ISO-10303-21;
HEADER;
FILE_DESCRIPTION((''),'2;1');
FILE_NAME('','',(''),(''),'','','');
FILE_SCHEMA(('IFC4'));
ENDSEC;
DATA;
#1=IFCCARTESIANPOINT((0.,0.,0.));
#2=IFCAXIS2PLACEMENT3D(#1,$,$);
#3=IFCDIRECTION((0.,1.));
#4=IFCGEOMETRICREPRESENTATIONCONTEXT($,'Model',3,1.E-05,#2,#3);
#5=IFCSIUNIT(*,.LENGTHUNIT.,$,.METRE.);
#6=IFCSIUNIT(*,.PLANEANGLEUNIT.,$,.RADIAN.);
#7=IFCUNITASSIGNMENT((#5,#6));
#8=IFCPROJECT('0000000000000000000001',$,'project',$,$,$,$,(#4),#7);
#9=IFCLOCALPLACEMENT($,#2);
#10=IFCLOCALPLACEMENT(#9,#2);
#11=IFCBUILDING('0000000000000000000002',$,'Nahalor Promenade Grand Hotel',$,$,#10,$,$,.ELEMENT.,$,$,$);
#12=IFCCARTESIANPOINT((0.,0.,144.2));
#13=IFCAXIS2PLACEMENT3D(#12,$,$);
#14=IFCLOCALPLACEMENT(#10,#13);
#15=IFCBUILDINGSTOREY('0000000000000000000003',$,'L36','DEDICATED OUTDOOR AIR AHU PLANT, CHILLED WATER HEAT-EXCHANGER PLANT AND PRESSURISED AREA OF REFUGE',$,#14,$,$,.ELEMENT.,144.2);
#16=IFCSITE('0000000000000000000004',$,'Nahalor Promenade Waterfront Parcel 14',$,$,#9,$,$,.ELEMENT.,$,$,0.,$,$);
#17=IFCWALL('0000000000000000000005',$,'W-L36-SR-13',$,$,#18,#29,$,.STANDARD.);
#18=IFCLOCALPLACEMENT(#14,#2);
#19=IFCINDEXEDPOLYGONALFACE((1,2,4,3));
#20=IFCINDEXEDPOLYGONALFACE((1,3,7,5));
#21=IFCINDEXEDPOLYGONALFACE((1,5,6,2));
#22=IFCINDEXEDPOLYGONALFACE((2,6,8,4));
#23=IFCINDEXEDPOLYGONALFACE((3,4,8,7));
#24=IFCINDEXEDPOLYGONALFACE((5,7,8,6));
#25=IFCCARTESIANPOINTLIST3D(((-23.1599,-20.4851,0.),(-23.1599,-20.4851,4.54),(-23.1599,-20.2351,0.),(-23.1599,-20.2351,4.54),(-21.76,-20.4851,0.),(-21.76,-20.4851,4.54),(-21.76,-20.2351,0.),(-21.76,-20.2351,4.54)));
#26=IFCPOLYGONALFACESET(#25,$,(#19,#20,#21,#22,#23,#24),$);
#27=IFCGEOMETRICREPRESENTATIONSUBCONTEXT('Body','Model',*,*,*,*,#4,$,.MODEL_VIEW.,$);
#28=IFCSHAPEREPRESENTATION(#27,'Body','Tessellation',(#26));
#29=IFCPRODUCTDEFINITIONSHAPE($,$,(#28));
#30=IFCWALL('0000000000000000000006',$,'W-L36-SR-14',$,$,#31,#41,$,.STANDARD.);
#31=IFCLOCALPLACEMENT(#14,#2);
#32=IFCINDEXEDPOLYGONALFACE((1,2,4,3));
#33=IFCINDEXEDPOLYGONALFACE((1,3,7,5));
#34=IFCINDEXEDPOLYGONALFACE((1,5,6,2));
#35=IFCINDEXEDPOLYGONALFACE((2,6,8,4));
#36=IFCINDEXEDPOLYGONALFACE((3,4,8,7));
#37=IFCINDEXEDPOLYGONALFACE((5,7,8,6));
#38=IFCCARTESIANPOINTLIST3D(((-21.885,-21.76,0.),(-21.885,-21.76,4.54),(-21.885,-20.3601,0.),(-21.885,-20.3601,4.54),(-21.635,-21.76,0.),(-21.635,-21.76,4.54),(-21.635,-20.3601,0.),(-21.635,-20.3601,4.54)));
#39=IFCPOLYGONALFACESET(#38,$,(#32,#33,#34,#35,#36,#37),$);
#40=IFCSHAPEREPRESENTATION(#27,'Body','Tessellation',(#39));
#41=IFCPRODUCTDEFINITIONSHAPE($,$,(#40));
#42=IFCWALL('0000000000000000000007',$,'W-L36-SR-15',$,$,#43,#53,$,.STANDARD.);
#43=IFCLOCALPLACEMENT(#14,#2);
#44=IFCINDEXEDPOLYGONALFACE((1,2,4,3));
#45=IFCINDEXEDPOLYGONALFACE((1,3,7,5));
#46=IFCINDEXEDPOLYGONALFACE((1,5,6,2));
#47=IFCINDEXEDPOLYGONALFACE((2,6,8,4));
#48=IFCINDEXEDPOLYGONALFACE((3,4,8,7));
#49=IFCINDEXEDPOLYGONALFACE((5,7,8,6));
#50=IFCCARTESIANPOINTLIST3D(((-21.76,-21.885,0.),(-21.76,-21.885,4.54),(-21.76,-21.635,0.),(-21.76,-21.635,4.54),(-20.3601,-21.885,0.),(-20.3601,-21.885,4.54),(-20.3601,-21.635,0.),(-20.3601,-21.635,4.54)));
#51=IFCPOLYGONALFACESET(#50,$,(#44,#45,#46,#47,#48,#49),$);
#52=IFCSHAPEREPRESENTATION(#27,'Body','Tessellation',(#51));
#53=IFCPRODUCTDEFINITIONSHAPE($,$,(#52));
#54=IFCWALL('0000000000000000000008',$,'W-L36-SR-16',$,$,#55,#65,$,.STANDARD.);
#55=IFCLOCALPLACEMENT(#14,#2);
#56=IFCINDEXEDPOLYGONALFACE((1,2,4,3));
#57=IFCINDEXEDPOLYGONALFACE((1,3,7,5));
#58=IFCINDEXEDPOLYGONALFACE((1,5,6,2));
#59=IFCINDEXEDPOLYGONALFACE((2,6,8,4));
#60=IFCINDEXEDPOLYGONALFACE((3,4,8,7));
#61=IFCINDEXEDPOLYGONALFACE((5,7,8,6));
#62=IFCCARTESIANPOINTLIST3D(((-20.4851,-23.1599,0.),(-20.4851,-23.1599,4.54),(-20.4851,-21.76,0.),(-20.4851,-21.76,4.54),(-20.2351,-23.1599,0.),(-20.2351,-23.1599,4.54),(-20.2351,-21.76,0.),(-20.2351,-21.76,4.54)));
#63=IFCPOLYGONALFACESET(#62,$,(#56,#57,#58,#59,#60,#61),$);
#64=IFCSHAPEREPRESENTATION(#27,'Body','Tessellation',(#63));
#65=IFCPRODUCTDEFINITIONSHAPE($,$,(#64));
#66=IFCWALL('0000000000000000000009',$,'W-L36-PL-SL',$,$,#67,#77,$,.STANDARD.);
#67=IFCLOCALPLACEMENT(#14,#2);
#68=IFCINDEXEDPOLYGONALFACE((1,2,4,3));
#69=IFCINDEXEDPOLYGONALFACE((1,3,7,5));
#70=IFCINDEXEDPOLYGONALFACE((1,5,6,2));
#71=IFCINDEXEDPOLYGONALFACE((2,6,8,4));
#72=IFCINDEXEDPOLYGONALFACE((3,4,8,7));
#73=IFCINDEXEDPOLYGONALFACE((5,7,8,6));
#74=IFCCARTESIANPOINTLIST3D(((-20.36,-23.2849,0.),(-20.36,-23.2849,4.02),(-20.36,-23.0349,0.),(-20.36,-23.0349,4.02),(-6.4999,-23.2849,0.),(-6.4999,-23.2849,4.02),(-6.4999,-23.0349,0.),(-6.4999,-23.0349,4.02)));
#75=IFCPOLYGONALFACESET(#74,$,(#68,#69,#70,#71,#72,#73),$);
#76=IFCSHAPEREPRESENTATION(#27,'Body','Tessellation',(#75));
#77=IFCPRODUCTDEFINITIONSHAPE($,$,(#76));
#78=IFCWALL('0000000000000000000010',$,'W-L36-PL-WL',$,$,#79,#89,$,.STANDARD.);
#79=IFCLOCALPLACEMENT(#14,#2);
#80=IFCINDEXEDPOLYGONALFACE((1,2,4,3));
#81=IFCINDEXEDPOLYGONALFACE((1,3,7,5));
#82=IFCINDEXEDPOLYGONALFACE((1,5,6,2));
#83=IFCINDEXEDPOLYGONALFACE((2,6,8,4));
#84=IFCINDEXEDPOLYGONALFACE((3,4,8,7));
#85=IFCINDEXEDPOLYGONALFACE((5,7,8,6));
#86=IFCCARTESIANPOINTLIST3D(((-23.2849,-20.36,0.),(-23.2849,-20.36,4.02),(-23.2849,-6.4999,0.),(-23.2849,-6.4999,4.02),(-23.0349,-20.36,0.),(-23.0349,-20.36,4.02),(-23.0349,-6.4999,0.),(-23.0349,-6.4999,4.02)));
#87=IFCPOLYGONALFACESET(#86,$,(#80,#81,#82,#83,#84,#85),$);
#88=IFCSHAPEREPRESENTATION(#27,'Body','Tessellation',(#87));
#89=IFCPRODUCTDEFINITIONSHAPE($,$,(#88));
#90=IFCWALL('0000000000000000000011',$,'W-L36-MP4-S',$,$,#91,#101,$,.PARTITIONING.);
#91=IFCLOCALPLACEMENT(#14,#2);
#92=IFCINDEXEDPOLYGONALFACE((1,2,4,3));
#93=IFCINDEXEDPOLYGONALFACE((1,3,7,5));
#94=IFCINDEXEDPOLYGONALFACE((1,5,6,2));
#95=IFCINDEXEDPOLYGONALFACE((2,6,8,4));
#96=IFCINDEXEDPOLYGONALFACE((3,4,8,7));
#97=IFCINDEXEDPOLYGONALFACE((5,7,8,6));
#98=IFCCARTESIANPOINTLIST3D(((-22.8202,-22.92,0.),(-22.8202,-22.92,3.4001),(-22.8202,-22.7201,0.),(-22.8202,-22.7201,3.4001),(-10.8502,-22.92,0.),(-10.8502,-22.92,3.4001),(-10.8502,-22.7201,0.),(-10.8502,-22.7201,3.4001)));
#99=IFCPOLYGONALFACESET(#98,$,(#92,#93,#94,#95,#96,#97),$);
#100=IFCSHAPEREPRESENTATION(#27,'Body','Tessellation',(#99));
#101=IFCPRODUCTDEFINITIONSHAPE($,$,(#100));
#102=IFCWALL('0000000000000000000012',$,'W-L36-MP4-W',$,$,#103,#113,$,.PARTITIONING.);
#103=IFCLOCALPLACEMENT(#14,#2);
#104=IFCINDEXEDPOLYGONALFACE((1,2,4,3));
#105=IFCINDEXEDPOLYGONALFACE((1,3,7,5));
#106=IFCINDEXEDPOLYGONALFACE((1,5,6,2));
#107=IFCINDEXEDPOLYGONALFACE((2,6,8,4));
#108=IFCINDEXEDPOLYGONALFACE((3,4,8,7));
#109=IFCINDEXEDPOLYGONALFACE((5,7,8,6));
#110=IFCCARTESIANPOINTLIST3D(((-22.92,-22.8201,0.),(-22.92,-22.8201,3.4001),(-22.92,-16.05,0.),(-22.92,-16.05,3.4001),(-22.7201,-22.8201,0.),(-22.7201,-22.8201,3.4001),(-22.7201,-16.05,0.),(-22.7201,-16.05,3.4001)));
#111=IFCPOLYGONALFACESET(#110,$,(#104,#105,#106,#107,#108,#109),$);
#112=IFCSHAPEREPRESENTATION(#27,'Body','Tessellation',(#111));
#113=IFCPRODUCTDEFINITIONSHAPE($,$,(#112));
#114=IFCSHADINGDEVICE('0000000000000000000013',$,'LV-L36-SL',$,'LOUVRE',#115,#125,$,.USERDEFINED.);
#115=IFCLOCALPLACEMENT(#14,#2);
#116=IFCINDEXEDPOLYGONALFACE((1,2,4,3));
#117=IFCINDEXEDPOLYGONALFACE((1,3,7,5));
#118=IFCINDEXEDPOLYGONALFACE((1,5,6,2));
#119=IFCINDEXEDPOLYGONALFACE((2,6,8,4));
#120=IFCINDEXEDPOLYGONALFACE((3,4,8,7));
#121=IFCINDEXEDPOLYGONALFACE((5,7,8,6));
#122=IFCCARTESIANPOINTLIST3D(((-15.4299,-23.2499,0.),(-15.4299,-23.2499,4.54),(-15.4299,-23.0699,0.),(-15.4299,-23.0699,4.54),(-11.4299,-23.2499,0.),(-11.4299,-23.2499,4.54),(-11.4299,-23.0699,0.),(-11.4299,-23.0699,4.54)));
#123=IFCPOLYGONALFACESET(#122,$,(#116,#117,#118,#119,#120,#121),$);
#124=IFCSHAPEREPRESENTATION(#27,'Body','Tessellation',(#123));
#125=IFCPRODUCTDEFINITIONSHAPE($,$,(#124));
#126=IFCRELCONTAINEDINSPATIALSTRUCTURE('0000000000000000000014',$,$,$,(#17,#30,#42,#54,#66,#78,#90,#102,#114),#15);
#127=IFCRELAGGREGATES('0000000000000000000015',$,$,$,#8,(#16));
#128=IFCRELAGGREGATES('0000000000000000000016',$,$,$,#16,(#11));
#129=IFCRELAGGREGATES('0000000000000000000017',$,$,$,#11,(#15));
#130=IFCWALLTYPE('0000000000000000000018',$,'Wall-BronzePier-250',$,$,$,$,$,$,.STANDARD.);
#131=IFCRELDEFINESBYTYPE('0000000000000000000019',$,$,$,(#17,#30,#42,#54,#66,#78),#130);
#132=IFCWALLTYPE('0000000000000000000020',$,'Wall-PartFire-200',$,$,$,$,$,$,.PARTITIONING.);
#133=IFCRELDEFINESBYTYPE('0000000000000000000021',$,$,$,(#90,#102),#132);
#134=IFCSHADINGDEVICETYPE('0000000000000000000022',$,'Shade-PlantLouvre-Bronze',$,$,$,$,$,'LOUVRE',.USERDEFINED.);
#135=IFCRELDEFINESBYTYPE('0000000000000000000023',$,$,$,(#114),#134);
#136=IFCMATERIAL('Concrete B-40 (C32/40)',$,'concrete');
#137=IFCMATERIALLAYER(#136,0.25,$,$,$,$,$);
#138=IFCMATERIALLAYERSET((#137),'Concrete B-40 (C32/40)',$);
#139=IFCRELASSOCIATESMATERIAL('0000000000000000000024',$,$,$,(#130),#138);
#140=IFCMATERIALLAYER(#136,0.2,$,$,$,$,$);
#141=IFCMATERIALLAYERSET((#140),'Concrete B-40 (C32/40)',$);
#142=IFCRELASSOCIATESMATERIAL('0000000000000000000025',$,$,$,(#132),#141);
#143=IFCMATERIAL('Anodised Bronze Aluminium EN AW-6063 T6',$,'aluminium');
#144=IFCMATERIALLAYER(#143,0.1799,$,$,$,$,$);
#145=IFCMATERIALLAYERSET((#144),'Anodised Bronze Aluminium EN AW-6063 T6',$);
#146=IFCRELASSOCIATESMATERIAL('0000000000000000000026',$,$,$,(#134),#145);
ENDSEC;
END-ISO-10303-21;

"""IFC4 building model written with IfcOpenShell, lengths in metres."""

from ifc_helpers import new_model, si_unit, direction, frame, frame_2d, origin, origin_2d, place, context, subcontext, project, spatial, rectangle, extrude, source, transform, mapped, material, layer, layer_set, type_object, element, save


model = new_model("IFC4")

# Units and contexts
model_context = context("Model", 3, precision=1e-05, world=origin(), true_north=direction((0.0, 1.0)))
body_context = subcontext(model_context, "Body", "Model", "MODEL_VIEW")
ifc_project = project(units=[si_unit("LENGTHUNIT", "METRE"), si_unit("PLANEANGLEUNIT", "RADIAN")], contexts=[model_context])

# Site, building, storey
site_placement = place(None, origin())
site = spatial("IfcSite", under=ifc_project, at=site_placement, Name="Nahalor Promenade Waterfront Parcel 14", CompositionType="ELEMENT", RefElevation=0.0)
building_placement = place(site_placement, origin())
building = spatial("IfcBuilding", under=site, at=building_placement, Name="Nahalor Promenade Grand Hotel", CompositionType="ELEMENT")
storey_placement = place(building_placement, frame((0.0, 0.0, 144.2)))
storey = spatial("IfcBuildingStorey", under=building, at=storey_placement, Name="L36", Description="DEDICATED OUTDOOR AIR AHU PLANT, CHILLED WATER HEAT-EXCHANGER PLANT AND PRESSURISED AREA OF REFUGE", CompositionType="ELEMENT", Elevation=144.2)

# Walls
ifc_material_1 = material(Name="Concrete B-40 (C32/40)", Category="concrete")
ifc_layer_1 = layer(ifc_material_1, 0.25)
ifc_layer_set_1 = layer_set([ifc_layer_1], Name="Concrete B-40 (C32/40)")
wall_type_1 = type_object("IfcWallType", Name="Wall-BronzePier-250", PredefinedType="STANDARD", material=ifc_layer_set_1)
shared_shape_1 = source(origin(), body_context, "Body", "SweptSolid", [
    extrude(rectangle(XDim=1.3999, YDim=0.25, at=frame_2d((0.7, 0.0))), origin(), (0.0, 0.0, 1.0), 4.54),
])
for number, where, z_axis, x_axis, name in (
    (1, (-23.1599, -20.3601, 0.0), (0.0, 0.0, 1.0), (1.0, 0.0, 0.0), "W-L36-SR-13"),
    (2, (-21.76, -21.76, 0.0), (0.0, 0.0, 1.0), (0.0, 1.0, 0.0), "W-L36-SR-14"),
    (3, (-21.76, -21.76, 0.0), (0.0, 0.0, 1.0), (1.0, 0.0, 0.0), "W-L36-SR-15"),
    (4, (-20.3601, -23.1599, 0.0), (0.0, 0.0, 1.0), (0.0, 1.0, 0.0), "W-L36-SR-16"),
):
    element("IfcWall", number, at=place(storey_placement, frame(where, z_axis=z_axis, x_axis=x_axis)), inside=storey, type_object=wall_type_1, Name=name, PredefinedType="STANDARD", context=body_context, shape_type="MappedRepresentation", body=[
        mapped(shared_shape_1, transform((0.0, 0.0, 0.0), scale=1.0)),
    ])
shared_shape_2 = source(origin(), body_context, "Body", "SweptSolid", [
    extrude(rectangle(XDim=13.8601, YDim=0.25, at=frame_2d((6.9302, 0.0))), origin(), (0.0, 0.0, 1.0), 4.02),
])
for number, where, z_axis, x_axis, name in (
    (5, (-20.3601, -23.1599, 0.0), (0.0, 0.0, 1.0), (1.0, 0.0, 0.0), "W-L36-PL-SL"),
    (6, (-23.1599, -20.3601, 0.0), (0.0, 0.0, 1.0), (0.0, 1.0, 0.0), "W-L36-PL-WL"),
):
    element("IfcWall", number, at=place(storey_placement, frame(where, z_axis=z_axis, x_axis=x_axis)), inside=storey, type_object=wall_type_1, Name=name, PredefinedType="STANDARD", context=body_context, shape_type="MappedRepresentation", body=[
        mapped(shared_shape_2, transform((0.0, 0.0, 0.0), scale=1.0)),
    ])
ifc_layer_2 = layer(ifc_material_1, 0.2)
ifc_layer_set_2 = layer_set([ifc_layer_2], Name="Concrete B-40 (C32/40)")
wall_type_2 = type_object("IfcWallType", Name="Wall-PartFire-200", PredefinedType="PARTITIONING", material=ifc_layer_set_2)
shared_shape_3 = source(origin(), body_context, "Body", "SweptSolid", [
    extrude(rectangle(XDim=11.97, YDim=0.2, at=frame_2d((5.9849, 0.0))), origin(), (0.0, 0.0, 1.0), 3.4001),
])
wall_1_placement = place(storey_placement, frame((-22.8201, -22.8201, 0.0), z_axis=(0.0, 0.0, 1.0), x_axis=(1.0, 0.0, 0.0)))
element("IfcWall", 7, at=wall_1_placement, inside=storey, type_object=wall_type_2, Name="W-L36-MP4-S", PredefinedType="PARTITIONING", context=body_context, shape_type="MappedRepresentation", body=[
    mapped(shared_shape_3, transform((0.0, 0.0, 0.0), scale=1.0)),
])
shared_shape_4 = source(origin(), body_context, "Body", "SweptSolid", [
    extrude(rectangle(XDim=6.77, YDim=0.2, at=frame_2d((3.385, 0.0))), origin(), (0.0, 0.0, 1.0), 3.4001),
])
wall_2_placement = place(storey_placement, frame((-22.8201, -22.8201, 0.0), z_axis=(0.0, 0.0, 1.0), x_axis=(0.0, 1.0, 0.0)))
element("IfcWall", 8, at=wall_2_placement, inside=storey, type_object=wall_type_2, Name="W-L36-MP4-W", PredefinedType="PARTITIONING", context=body_context, shape_type="MappedRepresentation", body=[
    mapped(shared_shape_4, transform((0.0, 0.0, 0.0), scale=1.0)),
])

# Shading device
ifc_material_2 = material(Name="Anodised Bronze Aluminium EN AW-6063 T6", Category="aluminium")
ifc_layer_3 = layer(ifc_material_2, 0.1799)
ifc_layer_set_3 = layer_set([ifc_layer_3], Name="Anodised Bronze Aluminium EN AW-6063 T6")
shading_device_type = type_object("IfcShadingDeviceType", Name="Shade-PlantLouvre-Bronze", ElementType="LOUVRE", PredefinedType="USERDEFINED", material=ifc_layer_set_3)
shared_shape_5 = source(origin(), body_context, "Body", "SweptSolid", [
    extrude(rectangle(XDim=4.0, YDim=0.1799, at=origin_2d()), origin(), (0.0, 0.0, 1.0), 4.54),
])
shading_device_placement = place(storey_placement, frame((-13.4299, -23.1599, 0.0), z_axis=(0.0, 0.0, 1.0), x_axis=(1.0, 0.0, 0.0)))
element("IfcShadingDevice", 9, at=shading_device_placement, inside=storey, type_object=shading_device_type, Name="LV-L36-SL", ObjectType="LOUVRE", PredefinedType="USERDEFINED", context=body_context, shape_type="MappedRepresentation", body=[
    mapped(shared_shape_5, transform((0.0, 0.0, 0.0), scale=1.0)),
])

save(model, "model.ifc")
